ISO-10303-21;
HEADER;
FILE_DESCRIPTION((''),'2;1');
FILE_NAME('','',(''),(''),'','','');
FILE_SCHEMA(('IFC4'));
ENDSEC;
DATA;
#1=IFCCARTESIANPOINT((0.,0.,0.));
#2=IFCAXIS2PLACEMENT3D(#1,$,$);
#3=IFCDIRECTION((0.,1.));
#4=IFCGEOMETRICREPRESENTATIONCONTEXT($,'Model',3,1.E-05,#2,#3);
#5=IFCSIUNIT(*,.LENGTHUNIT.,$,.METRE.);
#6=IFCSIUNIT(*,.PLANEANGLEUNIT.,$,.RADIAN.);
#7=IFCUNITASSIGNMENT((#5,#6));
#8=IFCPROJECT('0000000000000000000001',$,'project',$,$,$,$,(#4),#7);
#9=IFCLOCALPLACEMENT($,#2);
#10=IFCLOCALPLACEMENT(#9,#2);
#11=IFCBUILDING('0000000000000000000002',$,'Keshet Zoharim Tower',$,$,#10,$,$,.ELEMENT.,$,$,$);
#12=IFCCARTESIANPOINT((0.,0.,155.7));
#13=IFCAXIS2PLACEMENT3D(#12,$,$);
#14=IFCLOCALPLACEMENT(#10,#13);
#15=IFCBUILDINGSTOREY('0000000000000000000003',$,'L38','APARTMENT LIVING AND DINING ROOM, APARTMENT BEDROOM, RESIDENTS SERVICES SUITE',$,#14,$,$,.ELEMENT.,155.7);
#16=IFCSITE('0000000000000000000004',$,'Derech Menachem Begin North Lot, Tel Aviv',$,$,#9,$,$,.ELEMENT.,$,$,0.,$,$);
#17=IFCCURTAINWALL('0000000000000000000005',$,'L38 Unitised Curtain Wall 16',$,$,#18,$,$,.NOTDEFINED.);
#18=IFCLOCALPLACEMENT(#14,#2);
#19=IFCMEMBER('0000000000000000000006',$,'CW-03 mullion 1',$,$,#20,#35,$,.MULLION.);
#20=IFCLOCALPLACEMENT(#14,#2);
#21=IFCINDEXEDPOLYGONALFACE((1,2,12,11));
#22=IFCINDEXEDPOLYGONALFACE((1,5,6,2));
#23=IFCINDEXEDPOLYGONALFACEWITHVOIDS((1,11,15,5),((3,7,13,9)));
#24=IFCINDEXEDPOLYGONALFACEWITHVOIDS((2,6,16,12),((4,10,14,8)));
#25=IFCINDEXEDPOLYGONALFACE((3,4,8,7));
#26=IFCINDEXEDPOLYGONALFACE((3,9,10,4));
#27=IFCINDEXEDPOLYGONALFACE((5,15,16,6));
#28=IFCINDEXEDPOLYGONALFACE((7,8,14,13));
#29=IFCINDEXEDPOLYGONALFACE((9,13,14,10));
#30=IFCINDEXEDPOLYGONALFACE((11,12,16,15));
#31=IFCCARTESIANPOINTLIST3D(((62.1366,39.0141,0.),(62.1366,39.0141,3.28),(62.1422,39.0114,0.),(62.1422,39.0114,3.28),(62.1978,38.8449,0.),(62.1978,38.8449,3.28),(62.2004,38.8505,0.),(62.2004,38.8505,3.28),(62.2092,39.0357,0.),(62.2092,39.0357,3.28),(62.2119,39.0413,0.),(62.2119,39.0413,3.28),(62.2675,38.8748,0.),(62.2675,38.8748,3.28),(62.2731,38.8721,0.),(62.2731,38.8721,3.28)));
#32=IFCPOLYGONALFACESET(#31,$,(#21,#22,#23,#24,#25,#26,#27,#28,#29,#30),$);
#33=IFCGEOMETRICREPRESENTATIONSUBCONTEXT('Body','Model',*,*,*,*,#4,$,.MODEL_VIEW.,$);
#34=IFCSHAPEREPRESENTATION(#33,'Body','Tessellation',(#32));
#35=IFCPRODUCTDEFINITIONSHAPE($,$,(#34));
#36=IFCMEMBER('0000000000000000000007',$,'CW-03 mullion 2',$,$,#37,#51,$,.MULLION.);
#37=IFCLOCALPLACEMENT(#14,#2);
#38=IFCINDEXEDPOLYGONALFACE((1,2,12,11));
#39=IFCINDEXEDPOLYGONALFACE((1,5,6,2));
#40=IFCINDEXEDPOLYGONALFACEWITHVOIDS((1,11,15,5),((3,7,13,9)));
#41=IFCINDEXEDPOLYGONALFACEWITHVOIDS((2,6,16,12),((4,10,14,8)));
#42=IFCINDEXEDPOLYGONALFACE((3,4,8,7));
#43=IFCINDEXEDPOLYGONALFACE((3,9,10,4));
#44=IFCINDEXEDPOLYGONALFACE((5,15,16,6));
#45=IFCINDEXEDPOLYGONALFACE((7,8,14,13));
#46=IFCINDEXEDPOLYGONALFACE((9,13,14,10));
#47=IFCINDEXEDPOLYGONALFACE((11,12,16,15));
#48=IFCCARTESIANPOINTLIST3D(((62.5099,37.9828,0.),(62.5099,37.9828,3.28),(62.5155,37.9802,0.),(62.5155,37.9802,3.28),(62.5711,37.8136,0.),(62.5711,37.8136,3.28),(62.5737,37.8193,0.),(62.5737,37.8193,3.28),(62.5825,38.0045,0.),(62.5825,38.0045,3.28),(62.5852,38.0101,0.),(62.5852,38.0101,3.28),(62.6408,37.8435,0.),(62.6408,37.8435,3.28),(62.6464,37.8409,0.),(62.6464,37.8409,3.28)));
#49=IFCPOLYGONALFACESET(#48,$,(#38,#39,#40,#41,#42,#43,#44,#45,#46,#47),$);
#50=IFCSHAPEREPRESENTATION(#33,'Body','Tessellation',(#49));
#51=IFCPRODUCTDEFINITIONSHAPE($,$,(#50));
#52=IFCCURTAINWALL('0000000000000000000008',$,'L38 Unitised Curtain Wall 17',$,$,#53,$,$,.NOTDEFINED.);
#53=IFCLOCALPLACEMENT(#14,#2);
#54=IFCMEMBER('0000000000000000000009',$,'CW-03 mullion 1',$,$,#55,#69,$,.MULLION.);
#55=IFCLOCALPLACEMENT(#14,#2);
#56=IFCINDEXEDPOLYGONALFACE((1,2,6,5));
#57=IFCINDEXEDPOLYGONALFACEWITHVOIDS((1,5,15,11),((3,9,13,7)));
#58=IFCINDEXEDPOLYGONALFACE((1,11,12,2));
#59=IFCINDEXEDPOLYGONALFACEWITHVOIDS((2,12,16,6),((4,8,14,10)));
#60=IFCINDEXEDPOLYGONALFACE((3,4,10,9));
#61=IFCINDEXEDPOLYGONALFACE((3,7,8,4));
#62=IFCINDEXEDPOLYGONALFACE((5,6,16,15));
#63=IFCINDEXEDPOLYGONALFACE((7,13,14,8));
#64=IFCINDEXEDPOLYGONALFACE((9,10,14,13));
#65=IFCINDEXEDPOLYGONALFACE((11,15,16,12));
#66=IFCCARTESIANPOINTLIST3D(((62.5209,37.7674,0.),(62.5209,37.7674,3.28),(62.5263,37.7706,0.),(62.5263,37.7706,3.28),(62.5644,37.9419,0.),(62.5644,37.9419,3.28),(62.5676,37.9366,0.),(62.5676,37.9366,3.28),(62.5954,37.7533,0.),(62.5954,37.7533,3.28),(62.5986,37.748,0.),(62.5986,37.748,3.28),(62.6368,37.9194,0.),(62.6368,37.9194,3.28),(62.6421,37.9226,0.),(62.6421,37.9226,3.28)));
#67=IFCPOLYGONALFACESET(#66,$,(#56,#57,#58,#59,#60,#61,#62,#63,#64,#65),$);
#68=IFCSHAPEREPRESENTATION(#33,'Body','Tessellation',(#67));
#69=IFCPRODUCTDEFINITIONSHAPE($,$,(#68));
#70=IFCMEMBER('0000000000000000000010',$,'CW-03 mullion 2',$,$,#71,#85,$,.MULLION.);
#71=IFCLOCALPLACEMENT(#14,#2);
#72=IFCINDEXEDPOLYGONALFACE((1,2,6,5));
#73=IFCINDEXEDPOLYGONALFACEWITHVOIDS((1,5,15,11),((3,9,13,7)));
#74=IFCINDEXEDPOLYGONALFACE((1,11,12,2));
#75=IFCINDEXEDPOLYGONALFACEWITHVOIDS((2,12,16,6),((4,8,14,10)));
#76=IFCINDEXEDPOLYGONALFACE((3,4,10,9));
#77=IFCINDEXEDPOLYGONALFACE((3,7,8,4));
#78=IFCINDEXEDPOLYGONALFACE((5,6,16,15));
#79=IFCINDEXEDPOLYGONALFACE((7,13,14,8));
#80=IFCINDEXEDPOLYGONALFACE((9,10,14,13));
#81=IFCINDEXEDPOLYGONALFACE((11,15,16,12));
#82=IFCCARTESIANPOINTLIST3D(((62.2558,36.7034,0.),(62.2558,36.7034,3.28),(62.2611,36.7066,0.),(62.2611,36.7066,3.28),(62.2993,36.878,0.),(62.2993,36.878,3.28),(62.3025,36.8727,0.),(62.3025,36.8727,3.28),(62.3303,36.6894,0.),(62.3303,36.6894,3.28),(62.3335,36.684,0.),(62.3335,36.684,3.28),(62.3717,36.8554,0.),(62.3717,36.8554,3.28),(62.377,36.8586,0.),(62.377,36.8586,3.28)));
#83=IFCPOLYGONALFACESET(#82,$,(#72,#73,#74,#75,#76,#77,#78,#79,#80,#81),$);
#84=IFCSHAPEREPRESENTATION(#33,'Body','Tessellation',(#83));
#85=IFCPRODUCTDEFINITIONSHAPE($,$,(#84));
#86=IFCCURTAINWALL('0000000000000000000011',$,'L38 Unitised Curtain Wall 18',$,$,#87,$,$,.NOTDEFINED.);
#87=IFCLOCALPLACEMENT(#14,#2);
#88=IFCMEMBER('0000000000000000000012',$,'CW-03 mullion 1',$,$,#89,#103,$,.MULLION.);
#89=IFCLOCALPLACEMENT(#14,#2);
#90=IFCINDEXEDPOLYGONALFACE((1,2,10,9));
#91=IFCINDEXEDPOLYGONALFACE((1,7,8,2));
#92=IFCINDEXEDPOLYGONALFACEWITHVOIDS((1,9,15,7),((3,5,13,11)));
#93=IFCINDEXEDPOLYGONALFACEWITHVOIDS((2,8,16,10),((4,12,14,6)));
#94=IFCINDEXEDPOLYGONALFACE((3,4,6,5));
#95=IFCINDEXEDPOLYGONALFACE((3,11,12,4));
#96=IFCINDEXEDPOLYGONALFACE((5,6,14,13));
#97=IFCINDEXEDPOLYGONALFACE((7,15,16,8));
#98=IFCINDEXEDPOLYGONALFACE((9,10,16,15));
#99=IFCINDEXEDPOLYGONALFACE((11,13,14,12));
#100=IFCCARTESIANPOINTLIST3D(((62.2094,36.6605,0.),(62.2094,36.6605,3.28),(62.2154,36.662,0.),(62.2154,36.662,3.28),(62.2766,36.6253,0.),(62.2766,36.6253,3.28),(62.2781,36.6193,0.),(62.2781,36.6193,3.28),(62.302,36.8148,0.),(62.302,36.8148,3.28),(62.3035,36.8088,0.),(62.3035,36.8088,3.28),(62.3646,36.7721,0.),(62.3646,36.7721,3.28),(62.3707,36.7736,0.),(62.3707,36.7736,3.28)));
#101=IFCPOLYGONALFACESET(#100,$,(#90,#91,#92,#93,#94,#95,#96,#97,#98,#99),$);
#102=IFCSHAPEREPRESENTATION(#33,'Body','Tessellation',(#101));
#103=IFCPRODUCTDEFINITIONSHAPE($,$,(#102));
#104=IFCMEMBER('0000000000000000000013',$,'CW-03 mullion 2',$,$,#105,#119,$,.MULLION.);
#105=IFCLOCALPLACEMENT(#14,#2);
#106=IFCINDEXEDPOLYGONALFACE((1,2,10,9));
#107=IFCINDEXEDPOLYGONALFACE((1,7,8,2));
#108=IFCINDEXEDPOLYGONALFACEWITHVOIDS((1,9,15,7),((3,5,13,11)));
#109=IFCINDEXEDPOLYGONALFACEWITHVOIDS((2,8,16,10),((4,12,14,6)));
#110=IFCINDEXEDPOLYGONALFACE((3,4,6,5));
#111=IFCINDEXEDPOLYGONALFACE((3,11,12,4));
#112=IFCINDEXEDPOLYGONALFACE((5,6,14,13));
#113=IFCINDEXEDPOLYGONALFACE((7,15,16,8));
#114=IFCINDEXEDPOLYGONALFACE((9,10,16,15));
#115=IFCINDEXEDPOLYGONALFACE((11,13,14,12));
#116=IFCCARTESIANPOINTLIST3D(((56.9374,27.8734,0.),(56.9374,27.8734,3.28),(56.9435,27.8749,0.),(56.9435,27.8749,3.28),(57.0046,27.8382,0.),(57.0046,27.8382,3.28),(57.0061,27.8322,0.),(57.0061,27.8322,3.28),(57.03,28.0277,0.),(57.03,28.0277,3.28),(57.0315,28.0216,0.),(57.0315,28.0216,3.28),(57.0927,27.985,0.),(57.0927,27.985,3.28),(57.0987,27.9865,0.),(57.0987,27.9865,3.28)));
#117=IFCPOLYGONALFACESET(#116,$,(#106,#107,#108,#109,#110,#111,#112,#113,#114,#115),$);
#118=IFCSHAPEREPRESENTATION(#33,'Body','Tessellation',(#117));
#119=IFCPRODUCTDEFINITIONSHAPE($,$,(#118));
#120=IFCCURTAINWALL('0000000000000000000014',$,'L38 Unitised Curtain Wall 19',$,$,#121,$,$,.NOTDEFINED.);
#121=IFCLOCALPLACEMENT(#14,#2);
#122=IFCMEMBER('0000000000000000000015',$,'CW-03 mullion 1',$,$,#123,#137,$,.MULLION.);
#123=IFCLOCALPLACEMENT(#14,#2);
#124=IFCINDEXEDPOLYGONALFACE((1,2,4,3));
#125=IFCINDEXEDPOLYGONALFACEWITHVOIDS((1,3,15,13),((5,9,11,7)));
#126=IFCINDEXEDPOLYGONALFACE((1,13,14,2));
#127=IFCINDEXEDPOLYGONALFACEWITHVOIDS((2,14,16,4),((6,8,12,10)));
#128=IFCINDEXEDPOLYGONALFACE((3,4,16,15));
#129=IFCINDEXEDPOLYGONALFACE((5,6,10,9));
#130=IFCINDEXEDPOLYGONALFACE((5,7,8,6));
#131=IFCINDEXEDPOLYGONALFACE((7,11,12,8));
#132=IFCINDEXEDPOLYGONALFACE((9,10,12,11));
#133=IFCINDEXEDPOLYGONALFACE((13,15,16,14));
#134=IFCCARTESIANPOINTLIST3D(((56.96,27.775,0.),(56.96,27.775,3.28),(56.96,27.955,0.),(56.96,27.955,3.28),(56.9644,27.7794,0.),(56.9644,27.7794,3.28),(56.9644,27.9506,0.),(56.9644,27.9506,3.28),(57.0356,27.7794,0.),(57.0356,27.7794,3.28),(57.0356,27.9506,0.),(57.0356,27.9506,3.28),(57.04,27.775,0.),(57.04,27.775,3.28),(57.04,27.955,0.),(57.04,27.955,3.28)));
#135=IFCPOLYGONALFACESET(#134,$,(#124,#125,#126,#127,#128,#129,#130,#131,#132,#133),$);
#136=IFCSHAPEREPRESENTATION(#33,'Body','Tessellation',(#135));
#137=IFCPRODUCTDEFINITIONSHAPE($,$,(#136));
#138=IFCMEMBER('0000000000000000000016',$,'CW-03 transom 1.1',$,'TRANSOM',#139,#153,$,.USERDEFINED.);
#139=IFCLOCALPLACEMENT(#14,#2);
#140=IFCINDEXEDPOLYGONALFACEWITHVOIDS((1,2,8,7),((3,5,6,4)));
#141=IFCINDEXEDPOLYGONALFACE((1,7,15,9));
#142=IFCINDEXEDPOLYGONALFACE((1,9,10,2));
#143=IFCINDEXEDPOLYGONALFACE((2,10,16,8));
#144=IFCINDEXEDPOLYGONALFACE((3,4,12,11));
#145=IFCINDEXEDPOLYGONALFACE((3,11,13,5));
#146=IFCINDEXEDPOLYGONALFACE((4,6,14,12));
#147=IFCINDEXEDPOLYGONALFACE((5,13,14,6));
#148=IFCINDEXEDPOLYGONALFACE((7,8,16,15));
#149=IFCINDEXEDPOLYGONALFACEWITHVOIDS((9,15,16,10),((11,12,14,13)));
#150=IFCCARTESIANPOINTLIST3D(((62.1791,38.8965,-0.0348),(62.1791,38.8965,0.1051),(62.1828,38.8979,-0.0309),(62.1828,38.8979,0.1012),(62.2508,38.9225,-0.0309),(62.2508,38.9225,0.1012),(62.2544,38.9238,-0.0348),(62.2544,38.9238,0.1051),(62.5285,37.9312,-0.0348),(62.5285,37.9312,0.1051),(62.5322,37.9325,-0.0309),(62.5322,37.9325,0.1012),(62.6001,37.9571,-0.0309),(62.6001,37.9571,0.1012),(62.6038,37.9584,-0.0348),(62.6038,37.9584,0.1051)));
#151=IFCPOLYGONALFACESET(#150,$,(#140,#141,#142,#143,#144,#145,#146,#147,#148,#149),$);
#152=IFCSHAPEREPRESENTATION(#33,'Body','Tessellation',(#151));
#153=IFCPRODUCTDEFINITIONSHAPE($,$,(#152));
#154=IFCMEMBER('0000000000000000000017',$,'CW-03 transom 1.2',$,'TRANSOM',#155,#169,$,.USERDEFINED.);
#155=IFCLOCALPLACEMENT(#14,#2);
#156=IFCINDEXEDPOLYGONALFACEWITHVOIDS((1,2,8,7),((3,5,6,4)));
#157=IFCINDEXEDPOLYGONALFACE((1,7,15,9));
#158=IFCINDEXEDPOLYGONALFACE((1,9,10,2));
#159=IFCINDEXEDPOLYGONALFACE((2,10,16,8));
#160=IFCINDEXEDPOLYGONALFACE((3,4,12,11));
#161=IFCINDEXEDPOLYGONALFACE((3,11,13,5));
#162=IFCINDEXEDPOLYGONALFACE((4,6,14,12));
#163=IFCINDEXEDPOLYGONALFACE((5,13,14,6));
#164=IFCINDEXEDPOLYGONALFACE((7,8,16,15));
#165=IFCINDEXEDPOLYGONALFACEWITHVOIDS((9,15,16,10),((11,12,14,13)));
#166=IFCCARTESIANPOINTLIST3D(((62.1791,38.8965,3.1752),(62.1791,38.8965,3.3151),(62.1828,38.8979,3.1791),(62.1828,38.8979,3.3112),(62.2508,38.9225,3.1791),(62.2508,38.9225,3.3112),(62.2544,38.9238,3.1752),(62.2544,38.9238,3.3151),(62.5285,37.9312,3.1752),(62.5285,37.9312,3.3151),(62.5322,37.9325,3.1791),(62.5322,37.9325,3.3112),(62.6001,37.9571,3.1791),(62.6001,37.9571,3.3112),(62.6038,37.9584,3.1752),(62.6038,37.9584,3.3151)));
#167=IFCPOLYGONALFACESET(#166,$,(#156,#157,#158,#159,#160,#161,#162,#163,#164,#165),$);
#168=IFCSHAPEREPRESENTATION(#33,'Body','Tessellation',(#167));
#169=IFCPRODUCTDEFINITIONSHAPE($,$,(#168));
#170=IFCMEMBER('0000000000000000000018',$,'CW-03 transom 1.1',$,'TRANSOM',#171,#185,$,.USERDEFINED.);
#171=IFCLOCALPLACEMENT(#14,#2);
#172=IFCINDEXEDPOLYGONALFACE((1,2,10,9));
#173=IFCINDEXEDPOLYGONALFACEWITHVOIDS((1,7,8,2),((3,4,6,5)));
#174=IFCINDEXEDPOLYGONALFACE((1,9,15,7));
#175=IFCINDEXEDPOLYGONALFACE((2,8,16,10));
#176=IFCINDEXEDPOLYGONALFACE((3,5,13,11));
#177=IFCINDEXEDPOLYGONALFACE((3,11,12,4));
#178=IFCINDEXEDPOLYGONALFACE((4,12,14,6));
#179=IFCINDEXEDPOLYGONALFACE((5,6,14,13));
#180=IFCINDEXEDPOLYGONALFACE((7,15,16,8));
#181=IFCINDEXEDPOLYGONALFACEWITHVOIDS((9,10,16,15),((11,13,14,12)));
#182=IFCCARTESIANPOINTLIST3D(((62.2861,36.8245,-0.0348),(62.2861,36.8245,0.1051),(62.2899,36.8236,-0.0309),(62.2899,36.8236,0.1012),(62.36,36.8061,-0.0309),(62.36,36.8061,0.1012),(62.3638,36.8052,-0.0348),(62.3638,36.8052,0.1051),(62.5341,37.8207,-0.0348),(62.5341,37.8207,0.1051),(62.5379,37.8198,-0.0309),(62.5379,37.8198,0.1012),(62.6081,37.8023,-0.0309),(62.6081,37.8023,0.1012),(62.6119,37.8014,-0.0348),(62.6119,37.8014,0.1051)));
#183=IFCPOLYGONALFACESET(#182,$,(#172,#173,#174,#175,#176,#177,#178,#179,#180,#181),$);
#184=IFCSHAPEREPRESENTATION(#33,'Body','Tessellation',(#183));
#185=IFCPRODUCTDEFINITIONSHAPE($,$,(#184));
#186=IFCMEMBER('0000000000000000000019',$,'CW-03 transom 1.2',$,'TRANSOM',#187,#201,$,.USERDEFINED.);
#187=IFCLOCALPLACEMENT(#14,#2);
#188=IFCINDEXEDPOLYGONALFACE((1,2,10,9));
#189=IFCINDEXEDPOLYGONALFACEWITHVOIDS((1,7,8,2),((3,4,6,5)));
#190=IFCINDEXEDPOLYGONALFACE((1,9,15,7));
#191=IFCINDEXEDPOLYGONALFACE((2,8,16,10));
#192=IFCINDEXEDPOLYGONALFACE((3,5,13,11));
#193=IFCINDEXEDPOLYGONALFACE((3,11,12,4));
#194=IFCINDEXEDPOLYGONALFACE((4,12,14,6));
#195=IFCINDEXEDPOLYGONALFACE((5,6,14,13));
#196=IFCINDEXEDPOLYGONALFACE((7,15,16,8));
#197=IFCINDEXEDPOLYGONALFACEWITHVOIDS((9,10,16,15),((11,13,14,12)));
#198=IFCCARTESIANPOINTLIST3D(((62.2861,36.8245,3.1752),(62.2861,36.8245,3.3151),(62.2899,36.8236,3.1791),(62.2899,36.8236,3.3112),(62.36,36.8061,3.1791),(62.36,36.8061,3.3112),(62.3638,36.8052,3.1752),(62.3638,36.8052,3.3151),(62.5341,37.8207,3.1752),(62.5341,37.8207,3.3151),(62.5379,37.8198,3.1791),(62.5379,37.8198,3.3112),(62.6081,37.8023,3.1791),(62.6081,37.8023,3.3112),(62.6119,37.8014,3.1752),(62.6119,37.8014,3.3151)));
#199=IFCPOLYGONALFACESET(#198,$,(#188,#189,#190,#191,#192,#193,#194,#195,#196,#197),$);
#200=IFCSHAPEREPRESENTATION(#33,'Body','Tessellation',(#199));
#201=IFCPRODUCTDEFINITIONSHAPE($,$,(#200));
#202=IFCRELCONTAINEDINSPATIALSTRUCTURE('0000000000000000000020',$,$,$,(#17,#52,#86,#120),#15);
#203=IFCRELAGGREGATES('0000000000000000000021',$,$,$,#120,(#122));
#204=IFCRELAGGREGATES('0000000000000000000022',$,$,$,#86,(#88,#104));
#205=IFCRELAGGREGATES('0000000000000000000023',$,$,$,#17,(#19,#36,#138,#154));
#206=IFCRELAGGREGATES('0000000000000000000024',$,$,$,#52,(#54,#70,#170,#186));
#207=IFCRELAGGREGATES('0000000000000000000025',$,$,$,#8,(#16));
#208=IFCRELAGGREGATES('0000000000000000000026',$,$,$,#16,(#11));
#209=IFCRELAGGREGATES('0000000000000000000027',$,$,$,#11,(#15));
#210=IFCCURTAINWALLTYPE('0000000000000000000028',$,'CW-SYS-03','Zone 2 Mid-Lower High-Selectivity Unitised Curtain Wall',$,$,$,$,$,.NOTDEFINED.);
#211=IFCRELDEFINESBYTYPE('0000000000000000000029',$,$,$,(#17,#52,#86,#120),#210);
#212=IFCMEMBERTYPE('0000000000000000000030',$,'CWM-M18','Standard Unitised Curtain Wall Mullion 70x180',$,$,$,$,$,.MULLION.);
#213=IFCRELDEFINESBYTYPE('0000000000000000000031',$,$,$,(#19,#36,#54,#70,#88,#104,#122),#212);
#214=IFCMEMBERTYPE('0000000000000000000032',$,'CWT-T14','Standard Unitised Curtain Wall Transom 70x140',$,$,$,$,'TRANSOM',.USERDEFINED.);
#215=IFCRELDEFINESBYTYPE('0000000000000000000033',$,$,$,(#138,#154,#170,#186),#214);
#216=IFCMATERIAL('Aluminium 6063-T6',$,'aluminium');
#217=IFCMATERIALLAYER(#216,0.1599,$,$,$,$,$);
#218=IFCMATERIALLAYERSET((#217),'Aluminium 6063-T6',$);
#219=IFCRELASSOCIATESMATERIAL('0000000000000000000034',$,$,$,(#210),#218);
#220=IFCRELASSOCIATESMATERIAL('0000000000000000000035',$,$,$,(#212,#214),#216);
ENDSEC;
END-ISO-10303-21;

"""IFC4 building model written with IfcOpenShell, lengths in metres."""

from ifc_helpers import new_model, si_unit, direction, frame, origin, origin_2d, place, context, subcontext, project, spatial, hollow_rectangle, extrude, material, layer, layer_set, material_profile, profile_set, type_object, element, aggregate, save


model = new_model("IFC4")

# Units and contexts
model_context = context("Model", 3, precision=1e-05, world=origin(), true_north=direction((0.0, 1.0)))
body_context = subcontext(model_context, "Body", "Model", "MODEL_VIEW")
ifc_project = project(units=[si_unit("LENGTHUNIT", "METRE"), si_unit("PLANEANGLEUNIT", "RADIAN")], contexts=[model_context])

# Site, building, storey
site_placement = place(None, origin())
site = spatial("IfcSite", under=ifc_project, at=site_placement, Name="Derech Menachem Begin North Lot, Tel Aviv", CompositionType="ELEMENT", RefElevation=0.0)
building_placement = place(site_placement, origin())
building = spatial("IfcBuilding", under=site, at=building_placement, Name="Keshet Zoharim Tower", CompositionType="ELEMENT")
storey_placement = place(building_placement, frame((0.0, 0.0, 155.7)))
storey = spatial("IfcBuildingStorey", under=building, at=storey_placement, Name="L38", Description="APARTMENT LIVING AND DINING ROOM, APARTMENT BEDROOM, RESIDENTS SERVICES SUITE", CompositionType="ELEMENT", Elevation=155.7)

# Shared definitions
ifc_material_1 = material(Name="Aluminium 6063-T6", Category="aluminium")
ifc_layer_1 = layer(ifc_material_1, 0.1599)
ifc_layer_set_1 = layer_set([ifc_layer_1], Name="Aluminium 6063-T6")
curtain_wall_type = type_object("IfcCurtainWallType", Name="CW-SYS-03", Description="Zone 2 Mid-Lower High-Selectivity Unitised Curtain Wall", PredefinedType="NOTDEFINED", material=ifc_layer_set_1)
ifc_material_profile_1 = material_profile(ifc_material_1, hollow_rectangle(XDim=0.0801, YDim=0.1799, WallThickness=0.0044, at=origin_2d()), Name="MUL-80x180")
ifc_profile_set_1 = profile_set([ifc_material_profile_1], Name="Aluminium 6063-T6")
member_type_1 = type_object("IfcMemberType", Name="CWM-M18", Description="Standard Unitised Curtain Wall Mullion 70x180", PredefinedType="MULLION", material=ifc_profile_set_1)

# Curtain walls, members
curtain_wall_1_placement = place(storey_placement, origin())
curtain_wall_1 = element("IfcCurtainWall", 1, at=curtain_wall_1_placement, inside=storey, type_object=curtain_wall_type, Name="L38 Unitised Curtain Wall 16", PredefinedType="NOTDEFINED")
member_1_placement = place(storey_placement, frame((62.2048, 38.9431, 0.0), z_axis=(0.0, 0.0, 1.0), x_axis=(0.940318, 0.340297, 0.0)))
member_1 = element("IfcMember", 2, at=member_1_placement, type_object=member_type_1, Name="CW-03 mullion 1", PredefinedType="MULLION", context=body_context, shape_type="SweptSolid", body=[
    extrude(hollow_rectangle(XDim=0.0801, YDim=0.1799, WallThickness=0.0044, at=origin_2d()), origin(), (0.0, 0.0, 1.0), 3.28),
])
member_2_placement = place(storey_placement, frame((62.5781, 37.9119, 0.0), z_axis=(0.0, 0.0, 1.0), x_axis=(0.940318, 0.340297, 0.0)))
member_2 = element("IfcMember", 3, at=member_2_placement, type_object=member_type_1, Name="CW-03 mullion 2", PredefinedType="MULLION", context=body_context, shape_type="SweptSolid", body=[
    extrude(hollow_rectangle(XDim=0.0801, YDim=0.1799, WallThickness=0.0044, at=origin_2d()), origin(), (0.0, 0.0, 1.0), 3.28),
])
curtain_wall_2_placement = place(storey_placement, origin())
curtain_wall_2 = element("IfcCurtainWall", 4, at=curtain_wall_2_placement, inside=storey, type_object=curtain_wall_type, Name="L38 Unitised Curtain Wall 17", PredefinedType="NOTDEFINED")
member_3_placement = place(storey_placement, frame((62.5815, 37.845, 0.0), z_axis=(0.0, 0.0, 1.0), x_axis=(0.970344, -0.241729, 0.0)))
member_3 = element("IfcMember", 5, at=member_3_placement, type_object=member_type_1, Name="CW-03 mullion 1", PredefinedType="MULLION", context=body_context, shape_type="SweptSolid", body=[
    extrude(hollow_rectangle(XDim=0.0801, YDim=0.1799, WallThickness=0.0044, at=origin_2d()), origin(), (0.0, 0.0, 1.0), 3.28),
])
member_4_placement = place(storey_placement, frame((62.3164, 36.781, 0.0), z_axis=(0.0, 0.0, 1.0), x_axis=(0.970344, -0.241729, 0.0)))
member_4 = element("IfcMember", 6, at=member_4_placement, type_object=member_type_1, Name="CW-03 mullion 2", PredefinedType="MULLION", context=body_context, shape_type="SweptSolid", body=[
    extrude(hollow_rectangle(XDim=0.0801, YDim=0.1799, WallThickness=0.0044, at=origin_2d()), origin(), (0.0, 0.0, 1.0), 3.28),
])
curtain_wall_3_placement = place(storey_placement, origin())
curtain_wall_3 = element("IfcCurtainWall", 7, at=curtain_wall_3_placement, inside=storey, type_object=curtain_wall_type, Name="L38 Unitised Curtain Wall 18", PredefinedType="NOTDEFINED")
member_5_placement = place(storey_placement, frame((62.29, 36.717, 0.0), z_axis=(0.0, 0.0, 1.0), x_axis=(0.857501, -0.514482, 0.0)))
member_5 = element("IfcMember", 8, at=member_5_placement, type_object=member_type_1, Name="CW-03 mullion 1", PredefinedType="MULLION", context=body_context, shape_type="SweptSolid", body=[
    extrude(hollow_rectangle(XDim=0.0801, YDim=0.1799, WallThickness=0.0044, at=origin_2d()), origin(), (0.0, 0.0, 1.0), 3.28),
])
member_6_placement = place(storey_placement, frame((57.0181, 27.9299, 0.0), z_axis=(0.0, 0.0, 1.0), x_axis=(0.857501, -0.514482, 0.0)))
member_6 = element("IfcMember", 9, at=member_6_placement, type_object=member_type_1, Name="CW-03 mullion 2", PredefinedType="MULLION", context=body_context, shape_type="SweptSolid", body=[
    extrude(hollow_rectangle(XDim=0.0801, YDim=0.1799, WallThickness=0.0044, at=origin_2d()), origin(), (0.0, 0.0, 1.0), 3.28),
])

# Curtain wall, member
curtain_wall_4_placement = place(storey_placement, origin())
curtain_wall_4 = element("IfcCurtainWall", 10, at=curtain_wall_4_placement, inside=storey, type_object=curtain_wall_type, Name="L38 Unitised Curtain Wall 19", PredefinedType="NOTDEFINED")
member_7_placement = place(storey_placement, frame((57.0, 27.865, 0.0), z_axis=(0.0, 0.0, 1.0), x_axis=(1.0, 0.0, 0.0)))
member_7 = element("IfcMember", 11, at=member_7_placement, type_object=member_type_1, Name="CW-03 mullion 1", PredefinedType="MULLION", context=body_context, shape_type="SweptSolid", body=[
    extrude(hollow_rectangle(XDim=0.0801, YDim=0.1799, WallThickness=0.0044, at=origin_2d()), origin(), (0.0, 0.0, 1.0), 3.28),
])

# Members
ifc_material_profile_2 = material_profile(ifc_material_1, hollow_rectangle(XDim=0.0801, YDim=0.1399, WallThickness=0.0039, at=origin_2d()), Name="TRN-80x140")
ifc_profile_set_2 = profile_set([ifc_material_profile_2], Name="Aluminium 6063-T6")
member_type_2 = type_object("IfcMemberType", Name="CWT-T14", Description="Standard Unitised Curtain Wall Transom 70x140", ElementType="TRANSOM", PredefinedType="USERDEFINED", material=ifc_profile_set_2)
member_8_placement = place(storey_placement, frame((62.2168, 38.9102, 0.0352), z_axis=(0.340311, -0.940313, 0.0), x_axis=(0.940313, 0.340311, 0.0)))
member_8 = element("IfcMember", 12, at=member_8_placement, type_object=member_type_2, Name="CW-03 transom 1.1", ObjectType="TRANSOM", PredefinedType="USERDEFINED", context=body_context, shape_type="SweptSolid", body=[
    extrude(hollow_rectangle(XDim=0.0801, YDim=0.1399, WallThickness=0.0039, at=origin_2d()), origin(), (0.0, 0.0, 1.0), 1.0266),
])
member_9_placement = place(storey_placement, frame((62.2168, 38.9102, 3.2451), z_axis=(0.340311, -0.940313, 0.0), x_axis=(0.940313, 0.340311, 0.0)))
member_9 = element("IfcMember", 13, at=member_9_placement, type_object=member_type_2, Name="CW-03 transom 1.2", ObjectType="TRANSOM", PredefinedType="USERDEFINED", context=body_context, shape_type="SweptSolid", body=[
    extrude(hollow_rectangle(XDim=0.0801, YDim=0.1399, WallThickness=0.0039, at=origin_2d()), origin(), (0.0, 0.0, 1.0), 1.0266),
])
member_10_placement = place(storey_placement, frame((62.573, 37.811, 0.0352), z_axis=(-0.24164, -0.970366, 0.0), x_axis=(0.970366, -0.24164, 0.0)))
member_10 = element("IfcMember", 14, at=member_10_placement, type_object=member_type_2, Name="CW-03 transom 1.1", ObjectType="TRANSOM", PredefinedType="USERDEFINED", context=body_context, shape_type="SweptSolid", body=[
    extrude(hollow_rectangle(XDim=0.0801, YDim=0.1399, WallThickness=0.0039, at=origin_2d()), origin(), (0.0, 0.0, 1.0), 1.0266),
])
member_11_placement = place(storey_placement, frame((62.573, 37.811, 3.2451), z_axis=(-0.24164, -0.970366, 0.0), x_axis=(0.970366, -0.24164, 0.0)))
member_11 = element("IfcMember", 15, at=member_11_placement, type_object=member_type_2, Name="CW-03 transom 1.2", ObjectType="TRANSOM", PredefinedType="USERDEFINED", context=body_context, shape_type="SweptSolid", body=[
    extrude(hollow_rectangle(XDim=0.0801, YDim=0.1399, WallThickness=0.0039, at=origin_2d()), origin(), (0.0, 0.0, 1.0), 1.0266),
])
aggregate(curtain_wall_4, [member_7])

aggregate(curtain_wall_3, [member_5, member_6])
aggregate(curtain_wall_1, [member_1, member_2, member_8, member_9])
aggregate(curtain_wall_2, [member_3, member_4, member_10, member_11])

save(model, "model.ifc")
